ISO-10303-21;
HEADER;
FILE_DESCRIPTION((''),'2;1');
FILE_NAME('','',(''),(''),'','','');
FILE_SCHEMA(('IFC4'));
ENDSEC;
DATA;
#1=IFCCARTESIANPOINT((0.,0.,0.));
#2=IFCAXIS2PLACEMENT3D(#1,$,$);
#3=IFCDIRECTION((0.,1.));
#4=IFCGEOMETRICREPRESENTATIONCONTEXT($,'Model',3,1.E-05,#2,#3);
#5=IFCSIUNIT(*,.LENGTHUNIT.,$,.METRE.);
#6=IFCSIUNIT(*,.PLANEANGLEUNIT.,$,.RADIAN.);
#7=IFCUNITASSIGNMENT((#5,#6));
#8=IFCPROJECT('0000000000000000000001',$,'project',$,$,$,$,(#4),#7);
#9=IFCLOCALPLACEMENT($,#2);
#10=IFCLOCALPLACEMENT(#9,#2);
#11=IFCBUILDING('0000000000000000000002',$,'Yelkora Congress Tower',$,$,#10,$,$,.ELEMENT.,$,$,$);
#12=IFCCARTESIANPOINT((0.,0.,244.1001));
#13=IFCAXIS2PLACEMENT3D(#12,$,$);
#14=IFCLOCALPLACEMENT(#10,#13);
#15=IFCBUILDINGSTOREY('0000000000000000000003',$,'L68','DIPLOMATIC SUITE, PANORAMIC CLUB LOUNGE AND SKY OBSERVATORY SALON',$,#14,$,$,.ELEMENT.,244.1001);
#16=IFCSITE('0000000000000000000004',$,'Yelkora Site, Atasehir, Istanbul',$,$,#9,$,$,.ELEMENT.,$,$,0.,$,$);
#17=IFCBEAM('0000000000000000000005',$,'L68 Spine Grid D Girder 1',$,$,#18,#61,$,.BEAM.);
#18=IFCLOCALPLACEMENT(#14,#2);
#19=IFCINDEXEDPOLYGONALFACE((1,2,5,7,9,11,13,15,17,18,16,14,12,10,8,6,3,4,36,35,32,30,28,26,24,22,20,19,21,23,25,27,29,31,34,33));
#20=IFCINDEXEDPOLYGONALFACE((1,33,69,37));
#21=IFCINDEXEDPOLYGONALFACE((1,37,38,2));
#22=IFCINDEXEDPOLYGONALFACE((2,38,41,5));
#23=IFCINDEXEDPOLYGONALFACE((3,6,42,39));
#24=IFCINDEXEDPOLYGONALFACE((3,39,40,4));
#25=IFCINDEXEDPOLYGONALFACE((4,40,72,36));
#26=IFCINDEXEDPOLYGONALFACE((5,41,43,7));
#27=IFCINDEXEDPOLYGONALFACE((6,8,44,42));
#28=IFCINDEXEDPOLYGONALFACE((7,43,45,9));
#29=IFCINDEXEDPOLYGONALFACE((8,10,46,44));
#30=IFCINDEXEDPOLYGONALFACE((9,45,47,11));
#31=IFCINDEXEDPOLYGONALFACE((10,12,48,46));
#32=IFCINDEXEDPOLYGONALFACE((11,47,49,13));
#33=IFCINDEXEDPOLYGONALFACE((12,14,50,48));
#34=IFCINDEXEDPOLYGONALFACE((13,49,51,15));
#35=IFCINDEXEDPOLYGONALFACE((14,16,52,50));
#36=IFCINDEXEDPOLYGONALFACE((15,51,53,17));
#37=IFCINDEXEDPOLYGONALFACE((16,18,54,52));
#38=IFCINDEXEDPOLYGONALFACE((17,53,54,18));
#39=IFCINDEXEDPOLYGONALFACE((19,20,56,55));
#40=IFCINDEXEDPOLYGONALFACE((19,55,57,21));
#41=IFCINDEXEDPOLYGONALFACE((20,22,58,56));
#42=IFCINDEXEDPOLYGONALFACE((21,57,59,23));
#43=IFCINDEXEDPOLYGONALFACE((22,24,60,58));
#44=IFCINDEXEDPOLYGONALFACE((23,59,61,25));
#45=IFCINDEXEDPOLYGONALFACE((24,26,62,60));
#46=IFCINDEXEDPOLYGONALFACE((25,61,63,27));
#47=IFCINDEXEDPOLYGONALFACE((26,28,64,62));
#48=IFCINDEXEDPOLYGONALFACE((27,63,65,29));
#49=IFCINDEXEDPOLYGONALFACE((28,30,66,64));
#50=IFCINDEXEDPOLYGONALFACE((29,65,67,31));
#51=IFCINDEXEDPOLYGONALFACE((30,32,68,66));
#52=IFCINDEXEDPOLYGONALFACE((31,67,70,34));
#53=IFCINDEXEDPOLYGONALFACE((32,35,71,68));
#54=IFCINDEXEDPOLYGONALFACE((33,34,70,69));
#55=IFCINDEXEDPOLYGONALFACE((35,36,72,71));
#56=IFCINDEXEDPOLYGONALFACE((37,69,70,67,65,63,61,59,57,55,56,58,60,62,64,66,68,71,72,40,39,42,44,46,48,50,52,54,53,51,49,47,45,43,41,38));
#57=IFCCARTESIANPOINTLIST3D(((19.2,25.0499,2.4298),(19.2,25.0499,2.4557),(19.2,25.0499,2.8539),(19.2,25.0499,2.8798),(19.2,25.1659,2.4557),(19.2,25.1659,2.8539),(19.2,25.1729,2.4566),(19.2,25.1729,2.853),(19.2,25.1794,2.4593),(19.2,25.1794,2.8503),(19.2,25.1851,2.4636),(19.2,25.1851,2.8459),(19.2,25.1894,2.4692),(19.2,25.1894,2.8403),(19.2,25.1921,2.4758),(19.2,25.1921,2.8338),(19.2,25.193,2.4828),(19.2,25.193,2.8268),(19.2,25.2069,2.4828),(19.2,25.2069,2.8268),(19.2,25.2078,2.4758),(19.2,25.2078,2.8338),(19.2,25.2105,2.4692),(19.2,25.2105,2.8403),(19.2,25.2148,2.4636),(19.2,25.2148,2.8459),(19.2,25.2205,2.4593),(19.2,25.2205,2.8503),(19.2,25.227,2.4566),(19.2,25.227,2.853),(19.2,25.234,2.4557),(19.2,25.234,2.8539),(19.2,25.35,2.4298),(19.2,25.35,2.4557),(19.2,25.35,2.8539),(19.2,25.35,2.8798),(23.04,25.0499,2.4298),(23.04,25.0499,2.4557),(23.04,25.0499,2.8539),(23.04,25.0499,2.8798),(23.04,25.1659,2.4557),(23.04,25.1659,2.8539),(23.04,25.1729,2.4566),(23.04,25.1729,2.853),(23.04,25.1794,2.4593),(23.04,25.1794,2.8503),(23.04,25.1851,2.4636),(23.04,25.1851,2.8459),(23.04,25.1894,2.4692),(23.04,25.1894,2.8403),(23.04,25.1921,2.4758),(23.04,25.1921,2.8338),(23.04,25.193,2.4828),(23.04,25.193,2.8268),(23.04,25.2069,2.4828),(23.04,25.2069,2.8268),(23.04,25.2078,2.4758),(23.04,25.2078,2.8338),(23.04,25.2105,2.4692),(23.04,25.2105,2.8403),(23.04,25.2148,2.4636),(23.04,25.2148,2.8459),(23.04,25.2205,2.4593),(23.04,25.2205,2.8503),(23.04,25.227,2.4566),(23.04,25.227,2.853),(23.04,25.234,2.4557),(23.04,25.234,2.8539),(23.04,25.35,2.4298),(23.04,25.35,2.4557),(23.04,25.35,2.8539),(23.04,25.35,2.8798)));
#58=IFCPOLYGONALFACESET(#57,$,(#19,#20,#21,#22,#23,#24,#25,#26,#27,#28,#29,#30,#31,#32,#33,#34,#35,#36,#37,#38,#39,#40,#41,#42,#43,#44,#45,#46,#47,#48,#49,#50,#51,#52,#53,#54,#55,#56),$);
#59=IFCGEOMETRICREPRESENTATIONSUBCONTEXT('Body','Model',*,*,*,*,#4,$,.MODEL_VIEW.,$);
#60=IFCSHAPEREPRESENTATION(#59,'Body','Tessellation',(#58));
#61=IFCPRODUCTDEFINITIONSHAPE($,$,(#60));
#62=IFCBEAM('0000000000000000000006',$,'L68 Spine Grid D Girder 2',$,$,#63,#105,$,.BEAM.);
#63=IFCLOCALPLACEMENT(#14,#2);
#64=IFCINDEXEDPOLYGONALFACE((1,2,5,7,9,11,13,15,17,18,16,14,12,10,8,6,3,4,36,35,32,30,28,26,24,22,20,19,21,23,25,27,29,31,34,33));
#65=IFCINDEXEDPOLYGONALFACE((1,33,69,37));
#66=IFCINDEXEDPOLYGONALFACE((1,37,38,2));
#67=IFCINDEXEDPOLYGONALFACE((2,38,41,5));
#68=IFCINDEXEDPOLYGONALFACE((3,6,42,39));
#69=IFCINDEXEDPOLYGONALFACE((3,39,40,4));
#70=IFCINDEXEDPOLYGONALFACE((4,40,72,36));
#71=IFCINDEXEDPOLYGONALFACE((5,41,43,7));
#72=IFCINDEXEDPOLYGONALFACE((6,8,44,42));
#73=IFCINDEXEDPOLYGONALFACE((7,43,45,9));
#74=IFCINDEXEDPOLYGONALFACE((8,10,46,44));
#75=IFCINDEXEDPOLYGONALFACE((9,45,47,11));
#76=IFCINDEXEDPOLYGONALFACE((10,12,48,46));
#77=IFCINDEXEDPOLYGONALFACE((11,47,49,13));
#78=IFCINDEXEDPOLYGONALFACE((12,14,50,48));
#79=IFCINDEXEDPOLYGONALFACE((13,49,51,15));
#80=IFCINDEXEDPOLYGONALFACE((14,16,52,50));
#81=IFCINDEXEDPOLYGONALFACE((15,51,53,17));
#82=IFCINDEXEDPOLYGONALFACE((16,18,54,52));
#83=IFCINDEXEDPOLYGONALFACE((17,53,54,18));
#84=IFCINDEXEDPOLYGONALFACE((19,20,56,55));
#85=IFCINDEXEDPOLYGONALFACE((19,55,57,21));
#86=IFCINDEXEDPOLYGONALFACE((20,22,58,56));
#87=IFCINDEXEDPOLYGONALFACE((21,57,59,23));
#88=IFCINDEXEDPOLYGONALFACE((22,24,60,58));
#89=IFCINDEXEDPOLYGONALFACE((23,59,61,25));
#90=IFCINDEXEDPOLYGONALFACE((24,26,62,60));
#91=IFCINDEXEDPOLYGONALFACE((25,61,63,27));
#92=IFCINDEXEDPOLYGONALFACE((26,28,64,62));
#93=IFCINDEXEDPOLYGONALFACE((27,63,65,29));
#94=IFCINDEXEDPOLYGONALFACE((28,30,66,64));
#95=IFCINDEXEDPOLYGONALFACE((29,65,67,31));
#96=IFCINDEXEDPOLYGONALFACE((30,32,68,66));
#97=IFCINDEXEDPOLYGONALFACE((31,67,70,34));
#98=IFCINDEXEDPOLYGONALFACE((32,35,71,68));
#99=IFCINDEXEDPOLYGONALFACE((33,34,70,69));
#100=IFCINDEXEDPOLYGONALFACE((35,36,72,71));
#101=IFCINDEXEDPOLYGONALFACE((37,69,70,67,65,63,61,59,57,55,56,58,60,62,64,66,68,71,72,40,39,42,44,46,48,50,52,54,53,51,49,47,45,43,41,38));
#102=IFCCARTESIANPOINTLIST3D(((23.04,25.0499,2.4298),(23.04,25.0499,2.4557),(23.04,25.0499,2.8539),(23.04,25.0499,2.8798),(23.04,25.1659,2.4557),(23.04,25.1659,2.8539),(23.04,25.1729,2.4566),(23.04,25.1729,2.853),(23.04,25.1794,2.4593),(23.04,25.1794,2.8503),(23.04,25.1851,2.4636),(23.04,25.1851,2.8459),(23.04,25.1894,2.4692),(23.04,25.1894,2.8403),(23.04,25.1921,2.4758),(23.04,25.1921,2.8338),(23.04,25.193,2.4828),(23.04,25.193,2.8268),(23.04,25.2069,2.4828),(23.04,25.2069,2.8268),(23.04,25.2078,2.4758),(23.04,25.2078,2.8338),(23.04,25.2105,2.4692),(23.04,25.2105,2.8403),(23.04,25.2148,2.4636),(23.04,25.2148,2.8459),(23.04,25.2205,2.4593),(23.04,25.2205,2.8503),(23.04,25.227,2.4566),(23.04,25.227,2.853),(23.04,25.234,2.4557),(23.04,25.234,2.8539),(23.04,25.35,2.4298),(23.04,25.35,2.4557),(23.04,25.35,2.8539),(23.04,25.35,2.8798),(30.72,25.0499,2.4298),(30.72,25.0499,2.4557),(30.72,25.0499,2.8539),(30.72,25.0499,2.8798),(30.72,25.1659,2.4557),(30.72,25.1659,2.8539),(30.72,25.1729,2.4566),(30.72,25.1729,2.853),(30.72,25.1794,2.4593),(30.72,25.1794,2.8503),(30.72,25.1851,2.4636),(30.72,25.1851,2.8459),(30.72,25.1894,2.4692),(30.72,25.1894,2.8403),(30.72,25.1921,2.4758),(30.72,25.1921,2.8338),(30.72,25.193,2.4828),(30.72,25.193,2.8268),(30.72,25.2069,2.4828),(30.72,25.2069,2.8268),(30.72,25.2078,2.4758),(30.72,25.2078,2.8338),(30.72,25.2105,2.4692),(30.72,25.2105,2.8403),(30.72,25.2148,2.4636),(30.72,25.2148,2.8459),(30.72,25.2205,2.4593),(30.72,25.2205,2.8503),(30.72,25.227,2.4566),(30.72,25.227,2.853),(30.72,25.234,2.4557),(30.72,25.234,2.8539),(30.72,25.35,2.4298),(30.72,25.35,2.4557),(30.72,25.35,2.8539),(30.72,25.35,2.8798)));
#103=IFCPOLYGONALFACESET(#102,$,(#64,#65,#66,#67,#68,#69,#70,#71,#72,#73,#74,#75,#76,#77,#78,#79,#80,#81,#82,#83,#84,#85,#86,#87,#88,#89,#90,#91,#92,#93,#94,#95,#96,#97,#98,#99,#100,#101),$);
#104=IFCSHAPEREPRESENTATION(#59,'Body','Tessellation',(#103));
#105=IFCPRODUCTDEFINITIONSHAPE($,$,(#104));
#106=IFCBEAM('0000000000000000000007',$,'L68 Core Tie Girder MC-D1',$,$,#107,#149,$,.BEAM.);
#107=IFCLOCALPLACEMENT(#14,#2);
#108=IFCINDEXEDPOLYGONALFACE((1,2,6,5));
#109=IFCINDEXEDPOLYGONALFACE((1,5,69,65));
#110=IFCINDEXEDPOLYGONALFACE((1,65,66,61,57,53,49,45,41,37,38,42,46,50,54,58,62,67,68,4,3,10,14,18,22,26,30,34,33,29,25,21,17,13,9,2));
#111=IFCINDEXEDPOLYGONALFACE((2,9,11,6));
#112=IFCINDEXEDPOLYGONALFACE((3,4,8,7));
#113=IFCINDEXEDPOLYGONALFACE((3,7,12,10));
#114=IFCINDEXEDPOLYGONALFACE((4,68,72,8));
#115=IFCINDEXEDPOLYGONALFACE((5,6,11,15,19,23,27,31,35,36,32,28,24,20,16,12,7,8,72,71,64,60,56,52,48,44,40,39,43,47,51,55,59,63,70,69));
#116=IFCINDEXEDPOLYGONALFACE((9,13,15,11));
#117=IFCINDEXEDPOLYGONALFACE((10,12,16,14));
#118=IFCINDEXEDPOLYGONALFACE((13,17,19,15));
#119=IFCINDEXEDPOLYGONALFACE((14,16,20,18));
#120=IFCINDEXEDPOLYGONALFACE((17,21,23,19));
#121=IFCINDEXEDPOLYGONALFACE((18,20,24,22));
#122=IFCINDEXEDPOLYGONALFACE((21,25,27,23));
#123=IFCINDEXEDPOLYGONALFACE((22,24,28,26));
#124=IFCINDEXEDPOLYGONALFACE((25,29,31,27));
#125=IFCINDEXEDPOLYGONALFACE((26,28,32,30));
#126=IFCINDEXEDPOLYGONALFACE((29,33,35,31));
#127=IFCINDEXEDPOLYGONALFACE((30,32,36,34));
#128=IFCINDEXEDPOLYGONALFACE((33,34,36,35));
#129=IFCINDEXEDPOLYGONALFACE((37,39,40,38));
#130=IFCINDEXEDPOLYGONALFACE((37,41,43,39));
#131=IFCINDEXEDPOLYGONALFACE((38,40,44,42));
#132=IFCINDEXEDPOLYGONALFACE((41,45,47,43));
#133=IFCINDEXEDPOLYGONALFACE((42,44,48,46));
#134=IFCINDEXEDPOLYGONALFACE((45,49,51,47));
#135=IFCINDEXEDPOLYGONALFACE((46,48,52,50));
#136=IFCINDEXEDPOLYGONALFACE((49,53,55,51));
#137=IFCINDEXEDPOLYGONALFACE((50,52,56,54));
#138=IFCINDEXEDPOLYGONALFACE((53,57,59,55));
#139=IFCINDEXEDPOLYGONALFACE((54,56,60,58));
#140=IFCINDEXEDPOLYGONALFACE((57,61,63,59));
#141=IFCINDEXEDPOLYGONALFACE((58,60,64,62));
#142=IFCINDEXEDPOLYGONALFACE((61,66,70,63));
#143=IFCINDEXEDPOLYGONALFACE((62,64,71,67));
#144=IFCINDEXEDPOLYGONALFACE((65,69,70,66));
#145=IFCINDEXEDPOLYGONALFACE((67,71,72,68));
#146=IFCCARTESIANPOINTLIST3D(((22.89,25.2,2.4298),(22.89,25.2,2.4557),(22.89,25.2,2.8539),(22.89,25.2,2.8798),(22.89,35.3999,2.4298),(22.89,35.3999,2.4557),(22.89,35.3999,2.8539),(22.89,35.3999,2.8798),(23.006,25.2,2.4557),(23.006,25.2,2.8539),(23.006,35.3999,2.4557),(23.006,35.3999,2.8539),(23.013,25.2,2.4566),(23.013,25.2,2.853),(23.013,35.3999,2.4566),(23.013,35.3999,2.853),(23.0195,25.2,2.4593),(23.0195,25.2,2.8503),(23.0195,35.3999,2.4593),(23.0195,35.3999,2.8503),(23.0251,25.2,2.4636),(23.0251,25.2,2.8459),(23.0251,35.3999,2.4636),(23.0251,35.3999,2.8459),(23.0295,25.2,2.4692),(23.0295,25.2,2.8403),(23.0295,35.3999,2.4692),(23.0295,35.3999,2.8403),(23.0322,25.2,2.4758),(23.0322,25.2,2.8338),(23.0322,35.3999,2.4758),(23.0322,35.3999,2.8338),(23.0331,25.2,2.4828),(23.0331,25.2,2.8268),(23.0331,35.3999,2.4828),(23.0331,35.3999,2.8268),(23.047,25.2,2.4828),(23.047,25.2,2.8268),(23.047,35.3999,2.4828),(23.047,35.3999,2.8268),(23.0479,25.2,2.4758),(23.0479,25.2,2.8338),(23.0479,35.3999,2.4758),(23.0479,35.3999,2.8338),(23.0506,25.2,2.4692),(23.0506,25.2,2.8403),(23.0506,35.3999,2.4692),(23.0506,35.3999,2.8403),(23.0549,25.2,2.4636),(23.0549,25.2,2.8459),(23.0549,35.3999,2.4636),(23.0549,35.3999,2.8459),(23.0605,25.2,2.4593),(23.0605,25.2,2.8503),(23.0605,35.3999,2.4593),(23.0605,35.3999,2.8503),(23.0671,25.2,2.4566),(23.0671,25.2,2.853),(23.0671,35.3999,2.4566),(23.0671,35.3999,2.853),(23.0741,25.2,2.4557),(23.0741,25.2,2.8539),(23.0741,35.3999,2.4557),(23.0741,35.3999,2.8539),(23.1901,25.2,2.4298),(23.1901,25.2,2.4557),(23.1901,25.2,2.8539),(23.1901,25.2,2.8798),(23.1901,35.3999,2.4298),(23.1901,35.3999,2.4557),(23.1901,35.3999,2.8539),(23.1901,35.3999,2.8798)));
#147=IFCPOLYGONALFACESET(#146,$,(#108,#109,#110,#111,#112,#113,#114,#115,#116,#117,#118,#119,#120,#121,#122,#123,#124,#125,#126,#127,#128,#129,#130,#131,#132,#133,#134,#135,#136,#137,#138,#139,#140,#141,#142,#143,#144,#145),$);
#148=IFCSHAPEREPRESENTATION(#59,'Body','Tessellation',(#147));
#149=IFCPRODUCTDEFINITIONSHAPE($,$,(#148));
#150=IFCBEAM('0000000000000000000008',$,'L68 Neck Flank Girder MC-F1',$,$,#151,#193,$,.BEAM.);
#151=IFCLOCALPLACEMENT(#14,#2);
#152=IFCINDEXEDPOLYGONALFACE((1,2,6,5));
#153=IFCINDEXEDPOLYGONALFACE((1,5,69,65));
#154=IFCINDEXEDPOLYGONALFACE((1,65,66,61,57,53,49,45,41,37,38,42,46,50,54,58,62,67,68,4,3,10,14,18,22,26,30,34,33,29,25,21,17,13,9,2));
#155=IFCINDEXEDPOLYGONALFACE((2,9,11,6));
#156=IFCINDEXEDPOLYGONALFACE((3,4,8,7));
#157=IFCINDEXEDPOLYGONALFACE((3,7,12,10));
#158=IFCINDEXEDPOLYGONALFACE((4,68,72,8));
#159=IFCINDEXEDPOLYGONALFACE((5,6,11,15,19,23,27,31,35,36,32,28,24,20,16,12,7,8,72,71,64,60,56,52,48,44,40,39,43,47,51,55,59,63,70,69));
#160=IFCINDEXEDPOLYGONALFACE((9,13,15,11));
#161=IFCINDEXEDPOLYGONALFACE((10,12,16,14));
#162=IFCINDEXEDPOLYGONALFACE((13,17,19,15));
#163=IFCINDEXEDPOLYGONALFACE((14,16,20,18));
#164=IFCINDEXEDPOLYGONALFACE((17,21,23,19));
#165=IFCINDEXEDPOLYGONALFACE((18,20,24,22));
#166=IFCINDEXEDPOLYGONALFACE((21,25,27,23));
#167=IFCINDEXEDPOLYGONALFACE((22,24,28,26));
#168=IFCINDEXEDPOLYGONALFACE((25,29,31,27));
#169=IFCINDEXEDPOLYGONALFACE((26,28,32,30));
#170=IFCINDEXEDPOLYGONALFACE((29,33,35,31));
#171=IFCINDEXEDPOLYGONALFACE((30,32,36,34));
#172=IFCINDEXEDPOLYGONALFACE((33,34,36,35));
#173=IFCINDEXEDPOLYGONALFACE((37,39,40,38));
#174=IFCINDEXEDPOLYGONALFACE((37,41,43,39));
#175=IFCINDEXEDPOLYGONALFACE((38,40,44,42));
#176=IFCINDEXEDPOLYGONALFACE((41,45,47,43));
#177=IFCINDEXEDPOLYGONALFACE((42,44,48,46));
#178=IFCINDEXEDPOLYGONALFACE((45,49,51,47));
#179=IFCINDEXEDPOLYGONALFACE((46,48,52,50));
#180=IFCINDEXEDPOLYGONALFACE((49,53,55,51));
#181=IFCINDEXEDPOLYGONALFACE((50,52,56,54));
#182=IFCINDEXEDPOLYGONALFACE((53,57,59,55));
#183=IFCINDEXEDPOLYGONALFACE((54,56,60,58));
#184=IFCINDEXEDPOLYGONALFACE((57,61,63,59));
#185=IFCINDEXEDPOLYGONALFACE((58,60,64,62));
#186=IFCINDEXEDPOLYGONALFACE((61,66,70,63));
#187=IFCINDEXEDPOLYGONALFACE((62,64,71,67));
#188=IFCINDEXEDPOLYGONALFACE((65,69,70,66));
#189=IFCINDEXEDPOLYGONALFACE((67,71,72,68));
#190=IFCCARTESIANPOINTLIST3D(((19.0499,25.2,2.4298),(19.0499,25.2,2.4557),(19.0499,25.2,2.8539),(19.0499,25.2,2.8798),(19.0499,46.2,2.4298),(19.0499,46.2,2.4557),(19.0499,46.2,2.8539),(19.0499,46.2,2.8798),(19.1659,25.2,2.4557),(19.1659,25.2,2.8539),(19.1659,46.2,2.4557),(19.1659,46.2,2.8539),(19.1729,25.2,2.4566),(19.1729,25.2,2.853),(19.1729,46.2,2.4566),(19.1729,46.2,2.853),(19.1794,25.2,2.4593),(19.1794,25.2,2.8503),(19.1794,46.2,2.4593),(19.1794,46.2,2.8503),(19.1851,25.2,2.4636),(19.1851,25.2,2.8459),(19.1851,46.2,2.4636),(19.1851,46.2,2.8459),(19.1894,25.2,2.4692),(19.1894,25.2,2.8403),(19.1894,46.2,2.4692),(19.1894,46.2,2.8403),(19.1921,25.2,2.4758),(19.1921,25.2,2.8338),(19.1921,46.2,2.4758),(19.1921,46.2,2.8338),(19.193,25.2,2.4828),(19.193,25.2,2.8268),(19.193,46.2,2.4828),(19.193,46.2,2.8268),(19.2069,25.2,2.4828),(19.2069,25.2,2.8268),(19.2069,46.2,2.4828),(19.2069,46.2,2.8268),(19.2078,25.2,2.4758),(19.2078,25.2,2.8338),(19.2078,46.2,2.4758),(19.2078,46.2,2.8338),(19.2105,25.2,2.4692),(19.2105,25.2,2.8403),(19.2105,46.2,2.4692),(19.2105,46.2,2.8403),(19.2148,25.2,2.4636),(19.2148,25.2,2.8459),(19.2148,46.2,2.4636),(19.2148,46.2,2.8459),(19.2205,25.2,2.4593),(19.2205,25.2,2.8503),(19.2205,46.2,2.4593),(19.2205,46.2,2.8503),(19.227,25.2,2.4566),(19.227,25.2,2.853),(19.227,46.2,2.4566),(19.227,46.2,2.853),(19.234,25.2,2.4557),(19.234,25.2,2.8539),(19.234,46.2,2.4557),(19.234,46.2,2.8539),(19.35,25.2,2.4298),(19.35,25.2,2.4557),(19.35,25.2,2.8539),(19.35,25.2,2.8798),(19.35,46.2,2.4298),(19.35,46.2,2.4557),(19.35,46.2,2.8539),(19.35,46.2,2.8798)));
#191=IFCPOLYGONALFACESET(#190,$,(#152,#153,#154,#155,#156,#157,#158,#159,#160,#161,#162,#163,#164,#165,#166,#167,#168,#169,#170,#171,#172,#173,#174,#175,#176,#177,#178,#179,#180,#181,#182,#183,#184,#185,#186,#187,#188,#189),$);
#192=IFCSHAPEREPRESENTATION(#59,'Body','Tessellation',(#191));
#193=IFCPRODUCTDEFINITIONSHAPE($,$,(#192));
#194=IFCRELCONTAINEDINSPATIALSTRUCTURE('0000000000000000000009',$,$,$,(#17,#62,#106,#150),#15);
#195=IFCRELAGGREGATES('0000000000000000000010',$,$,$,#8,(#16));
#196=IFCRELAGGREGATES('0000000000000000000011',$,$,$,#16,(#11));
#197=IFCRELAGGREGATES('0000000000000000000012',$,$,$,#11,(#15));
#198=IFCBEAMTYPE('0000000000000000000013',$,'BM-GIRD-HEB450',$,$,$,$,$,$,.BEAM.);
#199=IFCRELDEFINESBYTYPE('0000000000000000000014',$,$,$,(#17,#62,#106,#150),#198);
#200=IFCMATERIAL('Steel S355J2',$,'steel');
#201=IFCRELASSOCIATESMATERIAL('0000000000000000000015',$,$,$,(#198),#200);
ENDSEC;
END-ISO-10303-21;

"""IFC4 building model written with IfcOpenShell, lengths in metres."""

from ifc_helpers import new_model, si_unit, direction, frame, origin, origin_2d, place, context, subcontext, project, spatial, i_section, extrude, material, material_profile, profile_set, type_object, element, save


model = new_model("IFC4")

# Units and contexts
model_context = context("Model", 3, precision=1e-05, world=origin(), true_north=direction((0.0, 1.0)))
body_context = subcontext(model_context, "Body", "Model", "MODEL_VIEW")
ifc_project = project(units=[si_unit("LENGTHUNIT", "METRE"), si_unit("PLANEANGLEUNIT", "RADIAN")], contexts=[model_context])

# Site, building, storey
site_placement = place(None, origin())
site = spatial("IfcSite", under=ifc_project, at=site_placement, Name="Yelkora Site, Atasehir, Istanbul", CompositionType="ELEMENT", RefElevation=0.0)
building_placement = place(site_placement, origin())
building = spatial("IfcBuilding", under=site, at=building_placement, Name="Yelkora Congress Tower", CompositionType="ELEMENT")
storey_placement = place(building_placement, frame((0.0, 0.0, 244.1001)))
storey = spatial("IfcBuildingStorey", under=building, at=storey_placement, Name="L68", Description="DIPLOMATIC SUITE, PANORAMIC CLUB LOUNGE AND SKY OBSERVATORY SALON", CompositionType="ELEMENT", Elevation=244.1001)

# Shared definitions
ifc_material_1 = material(Name="Steel S355J2", Category="steel")

# Beams
ifc_material_profile_1 = material_profile(ifc_material_1, i_section(OverallWidth=0.3, OverallDepth=0.45, WebThickness=0.0139, FlangeThickness=0.0259, FilletRadius=0.0271, at=origin_2d()), Name="HEB 450")
ifc_profile_set_1 = profile_set([ifc_material_profile_1], Name="Steel S355J2")
beam_type_1 = type_object("IfcBeamType", Name="BM-GIRD-HEB450", PredefinedType="BEAM", material=ifc_profile_set_1)
beam_1_placement = place(storey_placement, frame((19.2, 25.2, 2.6548), z_axis=(1.0, 0.0, 0.0), x_axis=(0.0, 1.0, 0.0)))
element("IfcBeam", 1, at=beam_1_placement, inside=storey, type_object=beam_type_1, Name="L68 Spine Grid D Girder 1", PredefinedType="BEAM", context=body_context, shape_type="SweptSolid", body=[
    extrude(i_section(OverallWidth=0.3, OverallDepth=0.45, WebThickness=0.0139, FlangeThickness=0.0259, FilletRadius=0.0271, at=origin_2d()), origin(), (0.0, 0.0, 1.0), 3.8401),
])
beam_2_placement = place(storey_placement, frame((23.04, 25.2, 2.6548), z_axis=(1.0, 0.0, 0.0), x_axis=(0.0, 1.0, 0.0)))
element("IfcBeam", 2, at=beam_2_placement, inside=storey, type_object=beam_type_1, Name="L68 Spine Grid D Girder 2", PredefinedType="BEAM", context=body_context, shape_type="SweptSolid", body=[
    extrude(i_section(OverallWidth=0.3, OverallDepth=0.45, WebThickness=0.0139, FlangeThickness=0.0259, FilletRadius=0.0271, at=origin_2d()), origin(), (0.0, 0.0, 1.0), 7.6799),
])
beam_3_placement = place(storey_placement, frame((23.04, 25.2, 2.6548), z_axis=(0.0, 1.0, 0.0), x_axis=(-1.0, 0.0, 0.0)))
element("IfcBeam", 3, at=beam_3_placement, inside=storey, type_object=beam_type_1, Name="L68 Core Tie Girder MC-D1", PredefinedType="BEAM", context=body_context, shape_type="SweptSolid", body=[
    extrude(i_section(OverallWidth=0.3, OverallDepth=0.45, WebThickness=0.0139, FlangeThickness=0.0259, FilletRadius=0.0271, at=origin_2d()), origin(), (0.0, 0.0, 1.0), 10.2),
])
beam_4_placement = place(storey_placement, frame((19.2, 25.2, 2.6548), z_axis=(0.0, 1.0, 0.0), x_axis=(-1.0, 0.0, 0.0)))
element("IfcBeam", 4, at=beam_4_placement, inside=storey, type_object=beam_type_1, Name="L68 Neck Flank Girder MC-F1", PredefinedType="BEAM", context=body_context, shape_type="SweptSolid", body=[
    extrude(i_section(OverallWidth=0.3, OverallDepth=0.45, WebThickness=0.0139, FlangeThickness=0.0259, FilletRadius=0.0271, at=origin_2d()), origin(), (0.0, 0.0, 1.0), 21.0),
])

save(model, "model.ifc")
